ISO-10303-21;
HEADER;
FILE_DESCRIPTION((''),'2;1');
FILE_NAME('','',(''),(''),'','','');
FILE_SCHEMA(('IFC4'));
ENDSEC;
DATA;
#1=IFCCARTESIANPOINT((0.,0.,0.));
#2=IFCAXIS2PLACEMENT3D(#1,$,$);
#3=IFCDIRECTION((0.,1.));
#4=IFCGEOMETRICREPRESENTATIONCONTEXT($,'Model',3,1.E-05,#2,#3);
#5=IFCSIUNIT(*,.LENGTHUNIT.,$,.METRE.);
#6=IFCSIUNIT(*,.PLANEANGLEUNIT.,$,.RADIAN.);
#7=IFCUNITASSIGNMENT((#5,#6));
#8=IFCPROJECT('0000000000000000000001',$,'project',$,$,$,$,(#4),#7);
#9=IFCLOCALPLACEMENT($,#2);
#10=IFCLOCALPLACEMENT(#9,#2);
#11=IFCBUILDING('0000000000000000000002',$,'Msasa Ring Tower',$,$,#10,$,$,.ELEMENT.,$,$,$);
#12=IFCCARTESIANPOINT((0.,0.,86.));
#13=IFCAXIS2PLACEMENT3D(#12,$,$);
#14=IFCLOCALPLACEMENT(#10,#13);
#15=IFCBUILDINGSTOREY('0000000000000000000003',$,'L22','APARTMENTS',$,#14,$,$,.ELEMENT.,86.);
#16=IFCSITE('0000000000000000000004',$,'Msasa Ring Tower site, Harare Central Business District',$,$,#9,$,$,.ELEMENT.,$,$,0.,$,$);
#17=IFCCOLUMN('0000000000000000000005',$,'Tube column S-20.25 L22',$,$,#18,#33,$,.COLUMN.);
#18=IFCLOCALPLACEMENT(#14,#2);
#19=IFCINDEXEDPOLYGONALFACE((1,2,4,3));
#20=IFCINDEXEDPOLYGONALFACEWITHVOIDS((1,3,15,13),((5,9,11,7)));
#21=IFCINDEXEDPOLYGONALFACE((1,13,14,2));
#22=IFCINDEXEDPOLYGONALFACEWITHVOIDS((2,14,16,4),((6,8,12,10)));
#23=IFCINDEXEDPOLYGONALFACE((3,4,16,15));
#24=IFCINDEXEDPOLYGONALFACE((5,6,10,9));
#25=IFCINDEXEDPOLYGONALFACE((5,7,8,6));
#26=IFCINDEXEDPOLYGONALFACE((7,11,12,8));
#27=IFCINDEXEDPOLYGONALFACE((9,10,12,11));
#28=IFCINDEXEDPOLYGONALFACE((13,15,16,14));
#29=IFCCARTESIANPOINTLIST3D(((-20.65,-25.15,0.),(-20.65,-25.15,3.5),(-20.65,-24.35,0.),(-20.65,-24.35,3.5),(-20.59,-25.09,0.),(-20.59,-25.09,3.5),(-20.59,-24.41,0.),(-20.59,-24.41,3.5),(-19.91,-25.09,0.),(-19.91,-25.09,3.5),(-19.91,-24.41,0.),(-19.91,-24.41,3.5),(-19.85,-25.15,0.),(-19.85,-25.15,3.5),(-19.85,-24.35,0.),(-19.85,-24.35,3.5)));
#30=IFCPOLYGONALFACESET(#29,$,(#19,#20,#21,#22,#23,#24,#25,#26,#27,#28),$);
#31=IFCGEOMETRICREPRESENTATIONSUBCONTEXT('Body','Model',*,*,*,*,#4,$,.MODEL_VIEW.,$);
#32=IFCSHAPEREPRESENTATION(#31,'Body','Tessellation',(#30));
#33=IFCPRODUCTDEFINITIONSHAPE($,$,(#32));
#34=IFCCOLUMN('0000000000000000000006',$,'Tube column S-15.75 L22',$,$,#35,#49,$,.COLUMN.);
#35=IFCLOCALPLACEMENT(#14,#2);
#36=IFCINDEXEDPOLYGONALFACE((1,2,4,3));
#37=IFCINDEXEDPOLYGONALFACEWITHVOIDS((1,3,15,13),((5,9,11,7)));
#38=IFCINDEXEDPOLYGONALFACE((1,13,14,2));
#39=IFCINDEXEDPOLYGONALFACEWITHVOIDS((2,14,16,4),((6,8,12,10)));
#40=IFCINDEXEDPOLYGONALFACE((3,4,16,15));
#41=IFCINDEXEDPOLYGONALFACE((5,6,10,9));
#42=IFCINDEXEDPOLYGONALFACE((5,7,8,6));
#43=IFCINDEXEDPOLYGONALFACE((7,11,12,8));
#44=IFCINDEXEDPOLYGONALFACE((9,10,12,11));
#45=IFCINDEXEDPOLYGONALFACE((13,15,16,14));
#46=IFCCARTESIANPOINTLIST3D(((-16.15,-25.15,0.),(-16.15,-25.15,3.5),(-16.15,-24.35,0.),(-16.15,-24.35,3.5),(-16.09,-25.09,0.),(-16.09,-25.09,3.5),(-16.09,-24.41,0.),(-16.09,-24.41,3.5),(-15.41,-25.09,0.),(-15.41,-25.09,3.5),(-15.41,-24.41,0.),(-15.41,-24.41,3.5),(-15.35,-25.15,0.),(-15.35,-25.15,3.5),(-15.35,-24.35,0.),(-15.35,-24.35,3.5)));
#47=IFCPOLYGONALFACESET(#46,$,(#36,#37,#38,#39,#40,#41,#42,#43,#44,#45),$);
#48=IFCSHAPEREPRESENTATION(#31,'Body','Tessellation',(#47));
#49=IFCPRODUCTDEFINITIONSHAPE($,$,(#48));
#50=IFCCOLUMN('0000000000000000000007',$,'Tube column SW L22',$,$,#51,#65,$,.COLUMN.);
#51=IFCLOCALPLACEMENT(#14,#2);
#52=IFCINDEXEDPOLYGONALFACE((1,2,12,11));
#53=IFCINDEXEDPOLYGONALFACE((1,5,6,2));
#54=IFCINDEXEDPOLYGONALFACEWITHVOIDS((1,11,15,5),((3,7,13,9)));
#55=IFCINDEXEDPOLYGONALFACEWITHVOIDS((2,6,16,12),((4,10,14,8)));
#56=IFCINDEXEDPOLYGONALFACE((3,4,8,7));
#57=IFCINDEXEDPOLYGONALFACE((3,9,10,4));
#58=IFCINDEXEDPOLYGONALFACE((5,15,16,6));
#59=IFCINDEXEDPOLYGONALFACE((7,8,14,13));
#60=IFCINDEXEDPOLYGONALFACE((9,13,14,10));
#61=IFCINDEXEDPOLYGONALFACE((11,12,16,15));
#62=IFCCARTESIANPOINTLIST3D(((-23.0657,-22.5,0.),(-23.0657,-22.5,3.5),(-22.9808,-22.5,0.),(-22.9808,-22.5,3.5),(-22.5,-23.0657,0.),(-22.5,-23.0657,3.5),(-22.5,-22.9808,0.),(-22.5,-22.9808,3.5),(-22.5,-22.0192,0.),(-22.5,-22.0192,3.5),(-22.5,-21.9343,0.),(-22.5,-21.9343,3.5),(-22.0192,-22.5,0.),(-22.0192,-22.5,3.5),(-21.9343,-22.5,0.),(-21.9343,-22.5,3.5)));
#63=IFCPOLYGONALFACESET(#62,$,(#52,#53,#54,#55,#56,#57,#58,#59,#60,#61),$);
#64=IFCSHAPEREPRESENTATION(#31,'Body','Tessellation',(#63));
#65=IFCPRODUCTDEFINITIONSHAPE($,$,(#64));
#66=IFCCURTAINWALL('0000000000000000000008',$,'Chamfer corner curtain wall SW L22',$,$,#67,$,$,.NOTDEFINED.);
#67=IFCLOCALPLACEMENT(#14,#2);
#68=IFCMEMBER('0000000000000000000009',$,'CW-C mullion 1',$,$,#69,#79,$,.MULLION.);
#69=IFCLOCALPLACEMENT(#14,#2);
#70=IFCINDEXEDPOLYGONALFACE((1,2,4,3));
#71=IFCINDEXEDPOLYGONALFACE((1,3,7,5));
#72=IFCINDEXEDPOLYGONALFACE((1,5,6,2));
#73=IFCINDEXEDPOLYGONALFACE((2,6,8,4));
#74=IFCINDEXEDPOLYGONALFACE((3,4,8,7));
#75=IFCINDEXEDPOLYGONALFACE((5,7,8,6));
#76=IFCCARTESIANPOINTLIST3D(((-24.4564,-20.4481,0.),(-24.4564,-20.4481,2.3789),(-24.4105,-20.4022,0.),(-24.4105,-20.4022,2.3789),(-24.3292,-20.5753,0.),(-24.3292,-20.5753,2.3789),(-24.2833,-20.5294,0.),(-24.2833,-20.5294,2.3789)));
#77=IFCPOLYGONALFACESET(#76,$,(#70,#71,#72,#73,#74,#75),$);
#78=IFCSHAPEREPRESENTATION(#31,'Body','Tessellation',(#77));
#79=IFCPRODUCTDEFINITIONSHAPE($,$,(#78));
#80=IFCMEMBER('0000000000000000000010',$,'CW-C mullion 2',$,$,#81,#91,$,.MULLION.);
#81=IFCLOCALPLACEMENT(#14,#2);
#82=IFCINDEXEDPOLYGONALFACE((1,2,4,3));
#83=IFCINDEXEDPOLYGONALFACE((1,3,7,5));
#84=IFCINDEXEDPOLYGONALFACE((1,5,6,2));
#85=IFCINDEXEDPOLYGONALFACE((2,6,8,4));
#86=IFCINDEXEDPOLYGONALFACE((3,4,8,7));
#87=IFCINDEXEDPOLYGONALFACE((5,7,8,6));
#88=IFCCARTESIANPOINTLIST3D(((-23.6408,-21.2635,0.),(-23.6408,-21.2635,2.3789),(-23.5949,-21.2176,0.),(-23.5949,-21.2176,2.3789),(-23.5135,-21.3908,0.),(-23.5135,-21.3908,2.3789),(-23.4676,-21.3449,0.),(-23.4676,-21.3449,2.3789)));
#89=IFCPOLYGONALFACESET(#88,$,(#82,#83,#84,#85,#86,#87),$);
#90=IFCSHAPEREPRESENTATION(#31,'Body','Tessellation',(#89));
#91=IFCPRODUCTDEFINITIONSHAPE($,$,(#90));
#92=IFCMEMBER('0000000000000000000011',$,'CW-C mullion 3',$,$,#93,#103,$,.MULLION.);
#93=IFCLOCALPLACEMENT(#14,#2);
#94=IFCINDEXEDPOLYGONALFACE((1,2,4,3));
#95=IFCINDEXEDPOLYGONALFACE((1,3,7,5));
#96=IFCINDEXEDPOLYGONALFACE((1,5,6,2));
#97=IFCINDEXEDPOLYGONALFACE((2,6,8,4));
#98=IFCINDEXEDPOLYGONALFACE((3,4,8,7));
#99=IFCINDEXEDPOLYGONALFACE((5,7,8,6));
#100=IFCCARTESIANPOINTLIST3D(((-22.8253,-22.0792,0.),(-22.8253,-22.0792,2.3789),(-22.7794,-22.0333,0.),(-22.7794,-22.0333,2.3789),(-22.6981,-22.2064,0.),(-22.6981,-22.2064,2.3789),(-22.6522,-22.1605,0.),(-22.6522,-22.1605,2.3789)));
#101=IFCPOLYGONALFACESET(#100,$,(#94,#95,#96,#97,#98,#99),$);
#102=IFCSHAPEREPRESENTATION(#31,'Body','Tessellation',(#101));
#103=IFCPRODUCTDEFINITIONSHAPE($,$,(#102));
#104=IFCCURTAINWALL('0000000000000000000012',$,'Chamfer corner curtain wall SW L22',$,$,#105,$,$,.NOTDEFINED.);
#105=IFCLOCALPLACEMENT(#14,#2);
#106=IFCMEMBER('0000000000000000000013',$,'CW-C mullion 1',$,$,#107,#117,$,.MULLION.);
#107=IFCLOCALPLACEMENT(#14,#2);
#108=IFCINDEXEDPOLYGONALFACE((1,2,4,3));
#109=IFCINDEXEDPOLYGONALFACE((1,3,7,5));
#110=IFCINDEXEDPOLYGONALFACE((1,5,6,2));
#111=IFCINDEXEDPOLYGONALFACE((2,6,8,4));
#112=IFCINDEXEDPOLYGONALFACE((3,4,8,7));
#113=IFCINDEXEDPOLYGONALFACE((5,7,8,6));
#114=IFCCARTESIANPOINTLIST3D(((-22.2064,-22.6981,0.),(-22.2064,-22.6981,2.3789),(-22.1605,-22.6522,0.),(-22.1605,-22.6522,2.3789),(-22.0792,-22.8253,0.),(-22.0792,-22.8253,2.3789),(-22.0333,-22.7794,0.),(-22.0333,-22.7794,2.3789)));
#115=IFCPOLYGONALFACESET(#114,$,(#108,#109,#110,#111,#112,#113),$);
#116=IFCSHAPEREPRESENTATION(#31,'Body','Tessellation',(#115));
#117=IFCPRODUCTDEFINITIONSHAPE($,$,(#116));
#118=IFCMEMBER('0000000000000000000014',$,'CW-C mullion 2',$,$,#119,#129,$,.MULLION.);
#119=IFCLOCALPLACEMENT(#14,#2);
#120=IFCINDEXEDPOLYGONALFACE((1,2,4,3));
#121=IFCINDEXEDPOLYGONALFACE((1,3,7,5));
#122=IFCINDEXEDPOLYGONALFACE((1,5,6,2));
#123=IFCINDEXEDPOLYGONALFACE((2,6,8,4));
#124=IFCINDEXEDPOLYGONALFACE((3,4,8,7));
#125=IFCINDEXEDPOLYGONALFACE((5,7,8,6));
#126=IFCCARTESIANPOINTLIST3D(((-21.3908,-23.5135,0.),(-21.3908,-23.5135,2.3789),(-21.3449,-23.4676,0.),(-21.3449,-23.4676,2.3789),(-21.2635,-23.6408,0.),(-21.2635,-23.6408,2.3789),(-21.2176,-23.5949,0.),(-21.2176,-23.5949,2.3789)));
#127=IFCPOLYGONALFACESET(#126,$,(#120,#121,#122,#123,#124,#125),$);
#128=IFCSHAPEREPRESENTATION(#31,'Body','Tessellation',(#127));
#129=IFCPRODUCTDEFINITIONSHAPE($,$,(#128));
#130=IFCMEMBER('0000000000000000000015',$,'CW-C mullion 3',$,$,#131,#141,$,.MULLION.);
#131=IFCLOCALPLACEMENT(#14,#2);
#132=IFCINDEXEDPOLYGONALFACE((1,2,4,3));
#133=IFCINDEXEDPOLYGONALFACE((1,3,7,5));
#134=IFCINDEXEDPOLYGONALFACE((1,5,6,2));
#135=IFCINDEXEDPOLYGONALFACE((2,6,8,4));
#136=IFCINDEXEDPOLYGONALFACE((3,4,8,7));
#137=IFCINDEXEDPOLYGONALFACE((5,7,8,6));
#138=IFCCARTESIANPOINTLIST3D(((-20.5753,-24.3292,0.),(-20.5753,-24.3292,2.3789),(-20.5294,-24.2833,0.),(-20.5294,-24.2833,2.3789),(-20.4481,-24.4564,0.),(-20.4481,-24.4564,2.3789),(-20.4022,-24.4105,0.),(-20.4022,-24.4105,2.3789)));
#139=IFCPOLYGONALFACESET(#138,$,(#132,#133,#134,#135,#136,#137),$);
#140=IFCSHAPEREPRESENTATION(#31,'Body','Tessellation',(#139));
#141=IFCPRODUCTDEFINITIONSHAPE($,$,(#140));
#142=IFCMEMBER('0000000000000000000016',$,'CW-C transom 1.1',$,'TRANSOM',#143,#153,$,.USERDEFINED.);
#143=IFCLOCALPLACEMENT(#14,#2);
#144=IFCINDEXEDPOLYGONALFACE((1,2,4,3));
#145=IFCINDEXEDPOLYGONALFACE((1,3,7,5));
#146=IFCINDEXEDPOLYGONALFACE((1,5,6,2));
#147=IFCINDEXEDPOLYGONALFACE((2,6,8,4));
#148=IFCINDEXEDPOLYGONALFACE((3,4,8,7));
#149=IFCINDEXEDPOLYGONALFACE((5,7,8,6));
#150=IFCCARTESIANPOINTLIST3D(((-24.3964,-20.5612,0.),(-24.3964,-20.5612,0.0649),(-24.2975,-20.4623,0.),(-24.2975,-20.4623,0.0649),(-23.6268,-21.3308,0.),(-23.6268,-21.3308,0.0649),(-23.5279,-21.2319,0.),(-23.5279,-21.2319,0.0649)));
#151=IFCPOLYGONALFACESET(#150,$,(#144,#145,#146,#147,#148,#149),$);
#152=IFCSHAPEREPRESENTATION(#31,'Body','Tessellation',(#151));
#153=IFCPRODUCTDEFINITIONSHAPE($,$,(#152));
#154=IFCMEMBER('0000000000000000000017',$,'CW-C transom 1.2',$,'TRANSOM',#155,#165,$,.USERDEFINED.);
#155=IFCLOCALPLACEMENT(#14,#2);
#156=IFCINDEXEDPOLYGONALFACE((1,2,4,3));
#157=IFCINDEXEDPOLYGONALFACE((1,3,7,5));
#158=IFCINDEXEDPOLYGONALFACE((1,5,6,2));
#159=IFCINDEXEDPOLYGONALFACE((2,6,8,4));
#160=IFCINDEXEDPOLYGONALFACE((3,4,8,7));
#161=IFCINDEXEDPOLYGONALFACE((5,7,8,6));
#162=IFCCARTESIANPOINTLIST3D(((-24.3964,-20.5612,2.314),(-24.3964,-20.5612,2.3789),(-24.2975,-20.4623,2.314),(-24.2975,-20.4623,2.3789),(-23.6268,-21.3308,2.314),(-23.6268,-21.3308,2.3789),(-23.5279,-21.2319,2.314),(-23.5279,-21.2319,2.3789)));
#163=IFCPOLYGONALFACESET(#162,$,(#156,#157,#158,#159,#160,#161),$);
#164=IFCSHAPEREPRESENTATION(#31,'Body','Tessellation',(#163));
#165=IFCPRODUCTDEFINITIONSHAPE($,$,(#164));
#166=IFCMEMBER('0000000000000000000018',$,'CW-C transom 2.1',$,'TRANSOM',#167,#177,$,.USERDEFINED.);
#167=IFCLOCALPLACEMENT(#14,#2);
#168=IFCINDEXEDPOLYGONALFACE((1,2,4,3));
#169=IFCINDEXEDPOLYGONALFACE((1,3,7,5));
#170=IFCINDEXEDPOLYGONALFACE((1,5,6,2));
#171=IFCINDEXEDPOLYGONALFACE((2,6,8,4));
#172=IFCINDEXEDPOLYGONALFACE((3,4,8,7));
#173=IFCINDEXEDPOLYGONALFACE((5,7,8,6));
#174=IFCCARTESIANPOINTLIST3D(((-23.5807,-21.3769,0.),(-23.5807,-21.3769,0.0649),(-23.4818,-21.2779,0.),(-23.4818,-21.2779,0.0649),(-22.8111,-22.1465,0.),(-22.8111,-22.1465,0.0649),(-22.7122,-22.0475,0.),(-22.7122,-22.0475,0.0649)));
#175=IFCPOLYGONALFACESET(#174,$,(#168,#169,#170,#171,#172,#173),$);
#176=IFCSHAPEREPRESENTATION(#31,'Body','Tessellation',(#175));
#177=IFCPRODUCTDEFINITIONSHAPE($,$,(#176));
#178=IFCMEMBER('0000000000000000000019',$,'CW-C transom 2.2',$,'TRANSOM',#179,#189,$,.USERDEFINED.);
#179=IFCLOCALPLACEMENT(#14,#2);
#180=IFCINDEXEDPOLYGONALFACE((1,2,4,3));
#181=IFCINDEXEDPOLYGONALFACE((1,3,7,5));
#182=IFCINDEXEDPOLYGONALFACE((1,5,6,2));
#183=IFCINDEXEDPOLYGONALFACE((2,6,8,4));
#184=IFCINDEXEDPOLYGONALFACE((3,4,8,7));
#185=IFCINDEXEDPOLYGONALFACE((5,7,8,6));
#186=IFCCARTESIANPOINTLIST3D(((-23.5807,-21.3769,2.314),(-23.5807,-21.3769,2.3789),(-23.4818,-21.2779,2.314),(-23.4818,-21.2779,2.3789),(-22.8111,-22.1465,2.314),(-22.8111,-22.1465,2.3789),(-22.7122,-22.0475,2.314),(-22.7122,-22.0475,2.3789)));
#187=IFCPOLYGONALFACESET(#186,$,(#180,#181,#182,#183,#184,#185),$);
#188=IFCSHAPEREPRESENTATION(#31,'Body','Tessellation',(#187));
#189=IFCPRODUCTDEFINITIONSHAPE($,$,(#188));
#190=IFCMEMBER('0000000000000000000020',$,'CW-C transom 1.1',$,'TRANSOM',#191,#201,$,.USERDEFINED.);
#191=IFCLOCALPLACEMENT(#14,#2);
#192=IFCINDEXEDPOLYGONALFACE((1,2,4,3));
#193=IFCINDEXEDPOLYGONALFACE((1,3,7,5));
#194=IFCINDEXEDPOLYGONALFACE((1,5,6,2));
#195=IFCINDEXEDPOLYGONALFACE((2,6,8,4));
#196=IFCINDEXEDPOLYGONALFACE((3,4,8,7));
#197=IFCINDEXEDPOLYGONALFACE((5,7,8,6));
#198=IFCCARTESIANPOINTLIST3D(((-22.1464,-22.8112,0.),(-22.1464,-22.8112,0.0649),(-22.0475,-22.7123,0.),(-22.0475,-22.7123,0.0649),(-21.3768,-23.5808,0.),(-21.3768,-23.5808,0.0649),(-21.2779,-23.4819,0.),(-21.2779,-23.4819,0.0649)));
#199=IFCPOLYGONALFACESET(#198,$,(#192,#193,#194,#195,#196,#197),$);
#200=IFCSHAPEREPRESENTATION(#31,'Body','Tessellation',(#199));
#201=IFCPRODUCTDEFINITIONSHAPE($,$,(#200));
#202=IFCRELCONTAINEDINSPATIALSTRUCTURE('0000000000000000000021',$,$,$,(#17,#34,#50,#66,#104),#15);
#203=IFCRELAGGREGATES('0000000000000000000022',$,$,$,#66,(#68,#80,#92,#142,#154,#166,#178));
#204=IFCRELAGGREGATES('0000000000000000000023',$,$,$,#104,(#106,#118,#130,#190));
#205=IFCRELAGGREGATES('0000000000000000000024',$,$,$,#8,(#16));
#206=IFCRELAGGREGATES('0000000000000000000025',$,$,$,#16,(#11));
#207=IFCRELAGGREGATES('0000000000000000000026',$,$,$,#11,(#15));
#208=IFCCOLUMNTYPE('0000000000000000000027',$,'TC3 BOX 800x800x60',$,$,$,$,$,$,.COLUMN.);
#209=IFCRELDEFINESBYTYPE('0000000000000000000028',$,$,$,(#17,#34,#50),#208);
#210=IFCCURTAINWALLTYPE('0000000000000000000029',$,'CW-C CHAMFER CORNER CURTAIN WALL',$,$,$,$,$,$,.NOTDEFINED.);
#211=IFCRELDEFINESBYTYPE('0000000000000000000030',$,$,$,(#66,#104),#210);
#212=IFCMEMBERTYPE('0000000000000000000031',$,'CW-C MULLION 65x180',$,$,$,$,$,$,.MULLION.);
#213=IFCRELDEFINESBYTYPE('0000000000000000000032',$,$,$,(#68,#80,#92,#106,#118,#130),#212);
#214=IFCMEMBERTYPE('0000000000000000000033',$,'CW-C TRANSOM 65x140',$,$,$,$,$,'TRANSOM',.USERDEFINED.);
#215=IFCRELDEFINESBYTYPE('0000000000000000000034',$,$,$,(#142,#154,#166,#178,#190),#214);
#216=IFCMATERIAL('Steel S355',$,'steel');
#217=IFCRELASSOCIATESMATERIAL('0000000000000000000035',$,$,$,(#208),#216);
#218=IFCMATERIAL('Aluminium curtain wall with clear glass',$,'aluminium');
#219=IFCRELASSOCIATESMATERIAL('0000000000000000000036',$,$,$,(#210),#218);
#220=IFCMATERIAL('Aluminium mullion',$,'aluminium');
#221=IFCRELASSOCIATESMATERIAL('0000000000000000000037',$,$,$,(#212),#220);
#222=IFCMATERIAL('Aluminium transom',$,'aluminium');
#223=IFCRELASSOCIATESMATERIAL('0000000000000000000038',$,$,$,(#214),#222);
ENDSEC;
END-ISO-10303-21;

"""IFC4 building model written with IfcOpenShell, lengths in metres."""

from ifc_helpers import new_model, si_unit, direction, frame, origin, origin_2d, place, context, subcontext, project, spatial, rectangle, hollow_rectangle, extrude, material, material_profile, profile_set, type_object, element, aggregate, save


model = new_model("IFC4")

# Units and contexts
model_context = context("Model", 3, precision=1e-05, world=origin(), true_north=direction((0.0, 1.0)))
body_context = subcontext(model_context, "Body", "Model", "MODEL_VIEW")
ifc_project = project(units=[si_unit("LENGTHUNIT", "METRE"), si_unit("PLANEANGLEUNIT", "RADIAN")], contexts=[model_context])

# Site, building, storey
site_placement = place(None, origin())
site = spatial("IfcSite", under=ifc_project, at=site_placement, Name="Msasa Ring Tower site, Harare Central Business District", CompositionType="ELEMENT", RefElevation=0.0)
building_placement = place(site_placement, origin())
building = spatial("IfcBuilding", under=site, at=building_placement, Name="Msasa Ring Tower", CompositionType="ELEMENT")
storey_placement = place(building_placement, frame((0.0, 0.0, 86.0)))
storey = spatial("IfcBuildingStorey", under=building, at=storey_placement, Name="L22", Description="APARTMENTS", CompositionType="ELEMENT", Elevation=86.0)

# Columns
ifc_material_1 = material(Name="Steel S355", Category="steel")
ifc_material_profile_1 = material_profile(ifc_material_1, hollow_rectangle(XDim=0.8, YDim=0.8, WallThickness=0.0601, at=origin_2d()), Name="BOX 800x800x60")
ifc_profile_set_1 = profile_set([ifc_material_profile_1], Name="Steel S355")
column_type = type_object("IfcColumnType", Name="TC3 BOX 800x800x60", PredefinedType="COLUMN", material=ifc_profile_set_1)
for number, where, z_axis, x_axis, name in (
    (1, (-20.25, -24.75, 0.0), (0.0, 0.0, 1.0), (0.0, 1.0, 0.0), "Tube column S-20.25 L22"),
    (2, (-15.75, -24.75, 0.0), (0.0, 0.0, 1.0), (0.0, 1.0, 0.0), "Tube column S-15.75 L22"),
    (3, (-22.5, -22.5, 0.0), (0.0, 0.0, 1.0), (0.707107, 0.707107, 0.0), "Tube column SW L22"),
):
    element("IfcColumn", number, at=place(storey_placement, frame(where, z_axis=z_axis, x_axis=x_axis)), inside=storey, type_object=column_type, Name=name, PredefinedType="COLUMN", context=body_context, shape_type="SweptSolid", body=[
        extrude(hollow_rectangle(XDim=0.8, YDim=0.8, WallThickness=0.0601, at=origin_2d()), origin(), (0.0, 0.0, 1.0), 3.5),
    ])

# Curtain walls, members
ifc_material_2 = material(Name="Aluminium curtain wall with clear glass", Category="aluminium")
curtain_wall_type = type_object("IfcCurtainWallType", Name="CW-C CHAMFER CORNER CURTAIN WALL", PredefinedType="NOTDEFINED", material=ifc_material_2)
curtain_wall_1_placement = place(storey_placement, origin())
curtain_wall_1 = element("IfcCurtainWall", 4, at=curtain_wall_1_placement, inside=storey, type_object=curtain_wall_type, Name="Chamfer corner curtain wall SW L22", PredefinedType="NOTDEFINED")
ifc_material_3 = material(Name="Aluminium mullion", Category="aluminium")
ifc_material_profile_2 = material_profile(ifc_material_3, rectangle(XDim=0.0649, YDim=0.1799, at=origin_2d()), Name="AL 65x180")
ifc_profile_set_2 = profile_set([ifc_material_profile_2], Name="Aluminium mullion")
member_type_1 = type_object("IfcMemberType", Name="CW-C MULLION 65x180", PredefinedType="MULLION", material=ifc_profile_set_2)
member_1_placement = place(storey_placement, frame((-24.3699, -20.4888, 0.0), z_axis=(0.0, 0.0, 1.0), x_axis=(0.707107, 0.707107, 0.0)))
member_1 = element("IfcMember", 5, at=member_1_placement, type_object=member_type_1, Name="CW-C mullion 1", PredefinedType="MULLION", context=body_context, shape_type="SweptSolid", body=[
    extrude(rectangle(XDim=0.0649, YDim=0.1799, at=origin_2d()), origin(), (0.0, 0.0, 1.0), 2.3789),
])
member_2_placement = place(storey_placement, frame((-23.5542, -21.3042, 0.0), z_axis=(0.0, 0.0, 1.0), x_axis=(0.707107, 0.707107, 0.0)))
member_2 = element("IfcMember", 6, at=member_2_placement, type_object=member_type_1, Name="CW-C mullion 2", PredefinedType="MULLION", context=body_context, shape_type="SweptSolid", body=[
    extrude(rectangle(XDim=0.0649, YDim=0.1799, at=origin_2d()), origin(), (0.0, 0.0, 1.0), 2.3789),
])
member_3_placement = place(storey_placement, frame((-22.7388, -22.1199, 0.0), z_axis=(0.0, 0.0, 1.0), x_axis=(0.707107, 0.707107, 0.0)))
member_3 = element("IfcMember", 7, at=member_3_placement, type_object=member_type_1, Name="CW-C mullion 3", PredefinedType="MULLION", context=body_context, shape_type="SweptSolid", body=[
    extrude(rectangle(XDim=0.0649, YDim=0.1799, at=origin_2d()), origin(), (0.0, 0.0, 1.0), 2.3789),
])
curtain_wall_2_placement = place(storey_placement, origin())
curtain_wall_2 = element("IfcCurtainWall", 8, at=curtain_wall_2_placement, inside=storey, type_object=curtain_wall_type, Name="Chamfer corner curtain wall SW L22", PredefinedType="NOTDEFINED")
member_4_placement = place(storey_placement, frame((-22.1199, -22.7388, 0.0), z_axis=(0.0, 0.0, 1.0), x_axis=(0.707107, 0.707107, 0.0)))
member_4 = element("IfcMember", 9, at=member_4_placement, type_object=member_type_1, Name="CW-C mullion 1", PredefinedType="MULLION", context=body_context, shape_type="SweptSolid", body=[
    extrude(rectangle(XDim=0.0649, YDim=0.1799, at=origin_2d()), origin(), (0.0, 0.0, 1.0), 2.3789),
])
member_5_placement = place(storey_placement, frame((-21.3042, -23.5542, 0.0), z_axis=(0.0, 0.0, 1.0), x_axis=(0.707107, 0.707107, 0.0)))
member_5 = element("IfcMember", 10, at=member_5_placement, type_object=member_type_1, Name="CW-C mullion 2", PredefinedType="MULLION", context=body_context, shape_type="SweptSolid", body=[
    extrude(rectangle(XDim=0.0649, YDim=0.1799, at=origin_2d()), origin(), (0.0, 0.0, 1.0), 2.3789),
])
member_6_placement = place(storey_placement, frame((-20.4888, -24.3699, 0.0), z_axis=(0.0, 0.0, 1.0), x_axis=(0.707107, 0.707107, 0.0)))
member_6 = element("IfcMember", 11, at=member_6_placement, type_object=member_type_1, Name="CW-C mullion 3", PredefinedType="MULLION", context=body_context, shape_type="SweptSolid", body=[
    extrude(rectangle(XDim=0.0649, YDim=0.1799, at=origin_2d()), origin(), (0.0, 0.0, 1.0), 2.3789),
])

# Members
ifc_material_4 = material(Name="Aluminium transom", Category="aluminium")
ifc_material_profile_3 = material_profile(ifc_material_4, rectangle(XDim=0.1399, YDim=0.0649, at=origin_2d()), Name="AL 65x140")
ifc_profile_set_3 = profile_set([ifc_material_profile_3], Name="Aluminium transom")
member_type_2 = type_object("IfcMemberType", Name="CW-C TRANSOM 65x140", ElementType="TRANSOM", PredefinedType="USERDEFINED", material=ifc_profile_set_3)
member_7_placement = place(storey_placement, frame((-24.3469, -20.5117, 0.0325), z_axis=(0.707107, -0.707107, 0.0), x_axis=(0.707107, 0.707107, 0.0)))
member_7 = element("IfcMember", 12, at=member_7_placement, type_object=member_type_2, Name="CW-C transom 1.1", ObjectType="TRANSOM", PredefinedType="USERDEFINED", context=body_context, shape_type="SweptSolid", body=[
    extrude(rectangle(XDim=0.1399, YDim=0.0649, at=origin_2d()), origin(), (0.0, 0.0, 1.0), 1.0884),
])
member_8_placement = place(storey_placement, frame((-24.3469, -20.5117, 2.3464), z_axis=(0.707107, -0.707107, 0.0), x_axis=(0.707107, 0.707107, 0.0)))
member_8 = element("IfcMember", 13, at=member_8_placement, type_object=member_type_2, Name="CW-C transom 1.2", ObjectType="TRANSOM", PredefinedType="USERDEFINED", context=body_context, shape_type="SweptSolid", body=[
    extrude(rectangle(XDim=0.1399, YDim=0.0649, at=origin_2d()), origin(), (0.0, 0.0, 1.0), 1.0884),
])
member_9_placement = place(storey_placement, frame((-23.5312, -21.3274, 0.0325), z_axis=(0.707107, -0.707107, 0.0), x_axis=(0.707107, 0.707107, 0.0)))
member_9 = element("IfcMember", 14, at=member_9_placement, type_object=member_type_2, Name="CW-C transom 2.1", ObjectType="TRANSOM", PredefinedType="USERDEFINED", context=body_context, shape_type="SweptSolid", body=[
    extrude(rectangle(XDim=0.1399, YDim=0.0649, at=origin_2d()), origin(), (0.0, 0.0, 1.0), 1.0884),
])
member_10_placement = place(storey_placement, frame((-23.5312, -21.3274, 2.3464), z_axis=(0.707107, -0.707107, 0.0), x_axis=(0.707107, 0.707107, 0.0)))
member_10 = element("IfcMember", 15, at=member_10_placement, type_object=member_type_2, Name="CW-C transom 2.2", ObjectType="TRANSOM", PredefinedType="USERDEFINED", context=body_context, shape_type="SweptSolid", body=[
    extrude(rectangle(XDim=0.1399, YDim=0.0649, at=origin_2d()), origin(), (0.0, 0.0, 1.0), 1.0884),
])
member_11_placement = place(storey_placement, frame((-22.0969, -22.7617, 0.0325), z_axis=(0.707107, -0.707107, 0.0), x_axis=(0.707107, 0.707107, 0.0)))
member_11 = element("IfcMember", 16, at=member_11_placement, type_object=member_type_2, Name="CW-C transom 1.1", ObjectType="TRANSOM", PredefinedType="USERDEFINED", context=body_context, shape_type="SweptSolid", body=[
    extrude(rectangle(XDim=0.1399, YDim=0.0649, at=origin_2d()), origin(), (0.0, 0.0, 1.0), 1.0884),
])

aggregate(curtain_wall_1, [member_1, member_2, member_3, member_7, member_8, member_9, member_10])
aggregate(curtain_wall_2, [member_4, member_5, member_6, member_11])

save(model, "model.ifc")
